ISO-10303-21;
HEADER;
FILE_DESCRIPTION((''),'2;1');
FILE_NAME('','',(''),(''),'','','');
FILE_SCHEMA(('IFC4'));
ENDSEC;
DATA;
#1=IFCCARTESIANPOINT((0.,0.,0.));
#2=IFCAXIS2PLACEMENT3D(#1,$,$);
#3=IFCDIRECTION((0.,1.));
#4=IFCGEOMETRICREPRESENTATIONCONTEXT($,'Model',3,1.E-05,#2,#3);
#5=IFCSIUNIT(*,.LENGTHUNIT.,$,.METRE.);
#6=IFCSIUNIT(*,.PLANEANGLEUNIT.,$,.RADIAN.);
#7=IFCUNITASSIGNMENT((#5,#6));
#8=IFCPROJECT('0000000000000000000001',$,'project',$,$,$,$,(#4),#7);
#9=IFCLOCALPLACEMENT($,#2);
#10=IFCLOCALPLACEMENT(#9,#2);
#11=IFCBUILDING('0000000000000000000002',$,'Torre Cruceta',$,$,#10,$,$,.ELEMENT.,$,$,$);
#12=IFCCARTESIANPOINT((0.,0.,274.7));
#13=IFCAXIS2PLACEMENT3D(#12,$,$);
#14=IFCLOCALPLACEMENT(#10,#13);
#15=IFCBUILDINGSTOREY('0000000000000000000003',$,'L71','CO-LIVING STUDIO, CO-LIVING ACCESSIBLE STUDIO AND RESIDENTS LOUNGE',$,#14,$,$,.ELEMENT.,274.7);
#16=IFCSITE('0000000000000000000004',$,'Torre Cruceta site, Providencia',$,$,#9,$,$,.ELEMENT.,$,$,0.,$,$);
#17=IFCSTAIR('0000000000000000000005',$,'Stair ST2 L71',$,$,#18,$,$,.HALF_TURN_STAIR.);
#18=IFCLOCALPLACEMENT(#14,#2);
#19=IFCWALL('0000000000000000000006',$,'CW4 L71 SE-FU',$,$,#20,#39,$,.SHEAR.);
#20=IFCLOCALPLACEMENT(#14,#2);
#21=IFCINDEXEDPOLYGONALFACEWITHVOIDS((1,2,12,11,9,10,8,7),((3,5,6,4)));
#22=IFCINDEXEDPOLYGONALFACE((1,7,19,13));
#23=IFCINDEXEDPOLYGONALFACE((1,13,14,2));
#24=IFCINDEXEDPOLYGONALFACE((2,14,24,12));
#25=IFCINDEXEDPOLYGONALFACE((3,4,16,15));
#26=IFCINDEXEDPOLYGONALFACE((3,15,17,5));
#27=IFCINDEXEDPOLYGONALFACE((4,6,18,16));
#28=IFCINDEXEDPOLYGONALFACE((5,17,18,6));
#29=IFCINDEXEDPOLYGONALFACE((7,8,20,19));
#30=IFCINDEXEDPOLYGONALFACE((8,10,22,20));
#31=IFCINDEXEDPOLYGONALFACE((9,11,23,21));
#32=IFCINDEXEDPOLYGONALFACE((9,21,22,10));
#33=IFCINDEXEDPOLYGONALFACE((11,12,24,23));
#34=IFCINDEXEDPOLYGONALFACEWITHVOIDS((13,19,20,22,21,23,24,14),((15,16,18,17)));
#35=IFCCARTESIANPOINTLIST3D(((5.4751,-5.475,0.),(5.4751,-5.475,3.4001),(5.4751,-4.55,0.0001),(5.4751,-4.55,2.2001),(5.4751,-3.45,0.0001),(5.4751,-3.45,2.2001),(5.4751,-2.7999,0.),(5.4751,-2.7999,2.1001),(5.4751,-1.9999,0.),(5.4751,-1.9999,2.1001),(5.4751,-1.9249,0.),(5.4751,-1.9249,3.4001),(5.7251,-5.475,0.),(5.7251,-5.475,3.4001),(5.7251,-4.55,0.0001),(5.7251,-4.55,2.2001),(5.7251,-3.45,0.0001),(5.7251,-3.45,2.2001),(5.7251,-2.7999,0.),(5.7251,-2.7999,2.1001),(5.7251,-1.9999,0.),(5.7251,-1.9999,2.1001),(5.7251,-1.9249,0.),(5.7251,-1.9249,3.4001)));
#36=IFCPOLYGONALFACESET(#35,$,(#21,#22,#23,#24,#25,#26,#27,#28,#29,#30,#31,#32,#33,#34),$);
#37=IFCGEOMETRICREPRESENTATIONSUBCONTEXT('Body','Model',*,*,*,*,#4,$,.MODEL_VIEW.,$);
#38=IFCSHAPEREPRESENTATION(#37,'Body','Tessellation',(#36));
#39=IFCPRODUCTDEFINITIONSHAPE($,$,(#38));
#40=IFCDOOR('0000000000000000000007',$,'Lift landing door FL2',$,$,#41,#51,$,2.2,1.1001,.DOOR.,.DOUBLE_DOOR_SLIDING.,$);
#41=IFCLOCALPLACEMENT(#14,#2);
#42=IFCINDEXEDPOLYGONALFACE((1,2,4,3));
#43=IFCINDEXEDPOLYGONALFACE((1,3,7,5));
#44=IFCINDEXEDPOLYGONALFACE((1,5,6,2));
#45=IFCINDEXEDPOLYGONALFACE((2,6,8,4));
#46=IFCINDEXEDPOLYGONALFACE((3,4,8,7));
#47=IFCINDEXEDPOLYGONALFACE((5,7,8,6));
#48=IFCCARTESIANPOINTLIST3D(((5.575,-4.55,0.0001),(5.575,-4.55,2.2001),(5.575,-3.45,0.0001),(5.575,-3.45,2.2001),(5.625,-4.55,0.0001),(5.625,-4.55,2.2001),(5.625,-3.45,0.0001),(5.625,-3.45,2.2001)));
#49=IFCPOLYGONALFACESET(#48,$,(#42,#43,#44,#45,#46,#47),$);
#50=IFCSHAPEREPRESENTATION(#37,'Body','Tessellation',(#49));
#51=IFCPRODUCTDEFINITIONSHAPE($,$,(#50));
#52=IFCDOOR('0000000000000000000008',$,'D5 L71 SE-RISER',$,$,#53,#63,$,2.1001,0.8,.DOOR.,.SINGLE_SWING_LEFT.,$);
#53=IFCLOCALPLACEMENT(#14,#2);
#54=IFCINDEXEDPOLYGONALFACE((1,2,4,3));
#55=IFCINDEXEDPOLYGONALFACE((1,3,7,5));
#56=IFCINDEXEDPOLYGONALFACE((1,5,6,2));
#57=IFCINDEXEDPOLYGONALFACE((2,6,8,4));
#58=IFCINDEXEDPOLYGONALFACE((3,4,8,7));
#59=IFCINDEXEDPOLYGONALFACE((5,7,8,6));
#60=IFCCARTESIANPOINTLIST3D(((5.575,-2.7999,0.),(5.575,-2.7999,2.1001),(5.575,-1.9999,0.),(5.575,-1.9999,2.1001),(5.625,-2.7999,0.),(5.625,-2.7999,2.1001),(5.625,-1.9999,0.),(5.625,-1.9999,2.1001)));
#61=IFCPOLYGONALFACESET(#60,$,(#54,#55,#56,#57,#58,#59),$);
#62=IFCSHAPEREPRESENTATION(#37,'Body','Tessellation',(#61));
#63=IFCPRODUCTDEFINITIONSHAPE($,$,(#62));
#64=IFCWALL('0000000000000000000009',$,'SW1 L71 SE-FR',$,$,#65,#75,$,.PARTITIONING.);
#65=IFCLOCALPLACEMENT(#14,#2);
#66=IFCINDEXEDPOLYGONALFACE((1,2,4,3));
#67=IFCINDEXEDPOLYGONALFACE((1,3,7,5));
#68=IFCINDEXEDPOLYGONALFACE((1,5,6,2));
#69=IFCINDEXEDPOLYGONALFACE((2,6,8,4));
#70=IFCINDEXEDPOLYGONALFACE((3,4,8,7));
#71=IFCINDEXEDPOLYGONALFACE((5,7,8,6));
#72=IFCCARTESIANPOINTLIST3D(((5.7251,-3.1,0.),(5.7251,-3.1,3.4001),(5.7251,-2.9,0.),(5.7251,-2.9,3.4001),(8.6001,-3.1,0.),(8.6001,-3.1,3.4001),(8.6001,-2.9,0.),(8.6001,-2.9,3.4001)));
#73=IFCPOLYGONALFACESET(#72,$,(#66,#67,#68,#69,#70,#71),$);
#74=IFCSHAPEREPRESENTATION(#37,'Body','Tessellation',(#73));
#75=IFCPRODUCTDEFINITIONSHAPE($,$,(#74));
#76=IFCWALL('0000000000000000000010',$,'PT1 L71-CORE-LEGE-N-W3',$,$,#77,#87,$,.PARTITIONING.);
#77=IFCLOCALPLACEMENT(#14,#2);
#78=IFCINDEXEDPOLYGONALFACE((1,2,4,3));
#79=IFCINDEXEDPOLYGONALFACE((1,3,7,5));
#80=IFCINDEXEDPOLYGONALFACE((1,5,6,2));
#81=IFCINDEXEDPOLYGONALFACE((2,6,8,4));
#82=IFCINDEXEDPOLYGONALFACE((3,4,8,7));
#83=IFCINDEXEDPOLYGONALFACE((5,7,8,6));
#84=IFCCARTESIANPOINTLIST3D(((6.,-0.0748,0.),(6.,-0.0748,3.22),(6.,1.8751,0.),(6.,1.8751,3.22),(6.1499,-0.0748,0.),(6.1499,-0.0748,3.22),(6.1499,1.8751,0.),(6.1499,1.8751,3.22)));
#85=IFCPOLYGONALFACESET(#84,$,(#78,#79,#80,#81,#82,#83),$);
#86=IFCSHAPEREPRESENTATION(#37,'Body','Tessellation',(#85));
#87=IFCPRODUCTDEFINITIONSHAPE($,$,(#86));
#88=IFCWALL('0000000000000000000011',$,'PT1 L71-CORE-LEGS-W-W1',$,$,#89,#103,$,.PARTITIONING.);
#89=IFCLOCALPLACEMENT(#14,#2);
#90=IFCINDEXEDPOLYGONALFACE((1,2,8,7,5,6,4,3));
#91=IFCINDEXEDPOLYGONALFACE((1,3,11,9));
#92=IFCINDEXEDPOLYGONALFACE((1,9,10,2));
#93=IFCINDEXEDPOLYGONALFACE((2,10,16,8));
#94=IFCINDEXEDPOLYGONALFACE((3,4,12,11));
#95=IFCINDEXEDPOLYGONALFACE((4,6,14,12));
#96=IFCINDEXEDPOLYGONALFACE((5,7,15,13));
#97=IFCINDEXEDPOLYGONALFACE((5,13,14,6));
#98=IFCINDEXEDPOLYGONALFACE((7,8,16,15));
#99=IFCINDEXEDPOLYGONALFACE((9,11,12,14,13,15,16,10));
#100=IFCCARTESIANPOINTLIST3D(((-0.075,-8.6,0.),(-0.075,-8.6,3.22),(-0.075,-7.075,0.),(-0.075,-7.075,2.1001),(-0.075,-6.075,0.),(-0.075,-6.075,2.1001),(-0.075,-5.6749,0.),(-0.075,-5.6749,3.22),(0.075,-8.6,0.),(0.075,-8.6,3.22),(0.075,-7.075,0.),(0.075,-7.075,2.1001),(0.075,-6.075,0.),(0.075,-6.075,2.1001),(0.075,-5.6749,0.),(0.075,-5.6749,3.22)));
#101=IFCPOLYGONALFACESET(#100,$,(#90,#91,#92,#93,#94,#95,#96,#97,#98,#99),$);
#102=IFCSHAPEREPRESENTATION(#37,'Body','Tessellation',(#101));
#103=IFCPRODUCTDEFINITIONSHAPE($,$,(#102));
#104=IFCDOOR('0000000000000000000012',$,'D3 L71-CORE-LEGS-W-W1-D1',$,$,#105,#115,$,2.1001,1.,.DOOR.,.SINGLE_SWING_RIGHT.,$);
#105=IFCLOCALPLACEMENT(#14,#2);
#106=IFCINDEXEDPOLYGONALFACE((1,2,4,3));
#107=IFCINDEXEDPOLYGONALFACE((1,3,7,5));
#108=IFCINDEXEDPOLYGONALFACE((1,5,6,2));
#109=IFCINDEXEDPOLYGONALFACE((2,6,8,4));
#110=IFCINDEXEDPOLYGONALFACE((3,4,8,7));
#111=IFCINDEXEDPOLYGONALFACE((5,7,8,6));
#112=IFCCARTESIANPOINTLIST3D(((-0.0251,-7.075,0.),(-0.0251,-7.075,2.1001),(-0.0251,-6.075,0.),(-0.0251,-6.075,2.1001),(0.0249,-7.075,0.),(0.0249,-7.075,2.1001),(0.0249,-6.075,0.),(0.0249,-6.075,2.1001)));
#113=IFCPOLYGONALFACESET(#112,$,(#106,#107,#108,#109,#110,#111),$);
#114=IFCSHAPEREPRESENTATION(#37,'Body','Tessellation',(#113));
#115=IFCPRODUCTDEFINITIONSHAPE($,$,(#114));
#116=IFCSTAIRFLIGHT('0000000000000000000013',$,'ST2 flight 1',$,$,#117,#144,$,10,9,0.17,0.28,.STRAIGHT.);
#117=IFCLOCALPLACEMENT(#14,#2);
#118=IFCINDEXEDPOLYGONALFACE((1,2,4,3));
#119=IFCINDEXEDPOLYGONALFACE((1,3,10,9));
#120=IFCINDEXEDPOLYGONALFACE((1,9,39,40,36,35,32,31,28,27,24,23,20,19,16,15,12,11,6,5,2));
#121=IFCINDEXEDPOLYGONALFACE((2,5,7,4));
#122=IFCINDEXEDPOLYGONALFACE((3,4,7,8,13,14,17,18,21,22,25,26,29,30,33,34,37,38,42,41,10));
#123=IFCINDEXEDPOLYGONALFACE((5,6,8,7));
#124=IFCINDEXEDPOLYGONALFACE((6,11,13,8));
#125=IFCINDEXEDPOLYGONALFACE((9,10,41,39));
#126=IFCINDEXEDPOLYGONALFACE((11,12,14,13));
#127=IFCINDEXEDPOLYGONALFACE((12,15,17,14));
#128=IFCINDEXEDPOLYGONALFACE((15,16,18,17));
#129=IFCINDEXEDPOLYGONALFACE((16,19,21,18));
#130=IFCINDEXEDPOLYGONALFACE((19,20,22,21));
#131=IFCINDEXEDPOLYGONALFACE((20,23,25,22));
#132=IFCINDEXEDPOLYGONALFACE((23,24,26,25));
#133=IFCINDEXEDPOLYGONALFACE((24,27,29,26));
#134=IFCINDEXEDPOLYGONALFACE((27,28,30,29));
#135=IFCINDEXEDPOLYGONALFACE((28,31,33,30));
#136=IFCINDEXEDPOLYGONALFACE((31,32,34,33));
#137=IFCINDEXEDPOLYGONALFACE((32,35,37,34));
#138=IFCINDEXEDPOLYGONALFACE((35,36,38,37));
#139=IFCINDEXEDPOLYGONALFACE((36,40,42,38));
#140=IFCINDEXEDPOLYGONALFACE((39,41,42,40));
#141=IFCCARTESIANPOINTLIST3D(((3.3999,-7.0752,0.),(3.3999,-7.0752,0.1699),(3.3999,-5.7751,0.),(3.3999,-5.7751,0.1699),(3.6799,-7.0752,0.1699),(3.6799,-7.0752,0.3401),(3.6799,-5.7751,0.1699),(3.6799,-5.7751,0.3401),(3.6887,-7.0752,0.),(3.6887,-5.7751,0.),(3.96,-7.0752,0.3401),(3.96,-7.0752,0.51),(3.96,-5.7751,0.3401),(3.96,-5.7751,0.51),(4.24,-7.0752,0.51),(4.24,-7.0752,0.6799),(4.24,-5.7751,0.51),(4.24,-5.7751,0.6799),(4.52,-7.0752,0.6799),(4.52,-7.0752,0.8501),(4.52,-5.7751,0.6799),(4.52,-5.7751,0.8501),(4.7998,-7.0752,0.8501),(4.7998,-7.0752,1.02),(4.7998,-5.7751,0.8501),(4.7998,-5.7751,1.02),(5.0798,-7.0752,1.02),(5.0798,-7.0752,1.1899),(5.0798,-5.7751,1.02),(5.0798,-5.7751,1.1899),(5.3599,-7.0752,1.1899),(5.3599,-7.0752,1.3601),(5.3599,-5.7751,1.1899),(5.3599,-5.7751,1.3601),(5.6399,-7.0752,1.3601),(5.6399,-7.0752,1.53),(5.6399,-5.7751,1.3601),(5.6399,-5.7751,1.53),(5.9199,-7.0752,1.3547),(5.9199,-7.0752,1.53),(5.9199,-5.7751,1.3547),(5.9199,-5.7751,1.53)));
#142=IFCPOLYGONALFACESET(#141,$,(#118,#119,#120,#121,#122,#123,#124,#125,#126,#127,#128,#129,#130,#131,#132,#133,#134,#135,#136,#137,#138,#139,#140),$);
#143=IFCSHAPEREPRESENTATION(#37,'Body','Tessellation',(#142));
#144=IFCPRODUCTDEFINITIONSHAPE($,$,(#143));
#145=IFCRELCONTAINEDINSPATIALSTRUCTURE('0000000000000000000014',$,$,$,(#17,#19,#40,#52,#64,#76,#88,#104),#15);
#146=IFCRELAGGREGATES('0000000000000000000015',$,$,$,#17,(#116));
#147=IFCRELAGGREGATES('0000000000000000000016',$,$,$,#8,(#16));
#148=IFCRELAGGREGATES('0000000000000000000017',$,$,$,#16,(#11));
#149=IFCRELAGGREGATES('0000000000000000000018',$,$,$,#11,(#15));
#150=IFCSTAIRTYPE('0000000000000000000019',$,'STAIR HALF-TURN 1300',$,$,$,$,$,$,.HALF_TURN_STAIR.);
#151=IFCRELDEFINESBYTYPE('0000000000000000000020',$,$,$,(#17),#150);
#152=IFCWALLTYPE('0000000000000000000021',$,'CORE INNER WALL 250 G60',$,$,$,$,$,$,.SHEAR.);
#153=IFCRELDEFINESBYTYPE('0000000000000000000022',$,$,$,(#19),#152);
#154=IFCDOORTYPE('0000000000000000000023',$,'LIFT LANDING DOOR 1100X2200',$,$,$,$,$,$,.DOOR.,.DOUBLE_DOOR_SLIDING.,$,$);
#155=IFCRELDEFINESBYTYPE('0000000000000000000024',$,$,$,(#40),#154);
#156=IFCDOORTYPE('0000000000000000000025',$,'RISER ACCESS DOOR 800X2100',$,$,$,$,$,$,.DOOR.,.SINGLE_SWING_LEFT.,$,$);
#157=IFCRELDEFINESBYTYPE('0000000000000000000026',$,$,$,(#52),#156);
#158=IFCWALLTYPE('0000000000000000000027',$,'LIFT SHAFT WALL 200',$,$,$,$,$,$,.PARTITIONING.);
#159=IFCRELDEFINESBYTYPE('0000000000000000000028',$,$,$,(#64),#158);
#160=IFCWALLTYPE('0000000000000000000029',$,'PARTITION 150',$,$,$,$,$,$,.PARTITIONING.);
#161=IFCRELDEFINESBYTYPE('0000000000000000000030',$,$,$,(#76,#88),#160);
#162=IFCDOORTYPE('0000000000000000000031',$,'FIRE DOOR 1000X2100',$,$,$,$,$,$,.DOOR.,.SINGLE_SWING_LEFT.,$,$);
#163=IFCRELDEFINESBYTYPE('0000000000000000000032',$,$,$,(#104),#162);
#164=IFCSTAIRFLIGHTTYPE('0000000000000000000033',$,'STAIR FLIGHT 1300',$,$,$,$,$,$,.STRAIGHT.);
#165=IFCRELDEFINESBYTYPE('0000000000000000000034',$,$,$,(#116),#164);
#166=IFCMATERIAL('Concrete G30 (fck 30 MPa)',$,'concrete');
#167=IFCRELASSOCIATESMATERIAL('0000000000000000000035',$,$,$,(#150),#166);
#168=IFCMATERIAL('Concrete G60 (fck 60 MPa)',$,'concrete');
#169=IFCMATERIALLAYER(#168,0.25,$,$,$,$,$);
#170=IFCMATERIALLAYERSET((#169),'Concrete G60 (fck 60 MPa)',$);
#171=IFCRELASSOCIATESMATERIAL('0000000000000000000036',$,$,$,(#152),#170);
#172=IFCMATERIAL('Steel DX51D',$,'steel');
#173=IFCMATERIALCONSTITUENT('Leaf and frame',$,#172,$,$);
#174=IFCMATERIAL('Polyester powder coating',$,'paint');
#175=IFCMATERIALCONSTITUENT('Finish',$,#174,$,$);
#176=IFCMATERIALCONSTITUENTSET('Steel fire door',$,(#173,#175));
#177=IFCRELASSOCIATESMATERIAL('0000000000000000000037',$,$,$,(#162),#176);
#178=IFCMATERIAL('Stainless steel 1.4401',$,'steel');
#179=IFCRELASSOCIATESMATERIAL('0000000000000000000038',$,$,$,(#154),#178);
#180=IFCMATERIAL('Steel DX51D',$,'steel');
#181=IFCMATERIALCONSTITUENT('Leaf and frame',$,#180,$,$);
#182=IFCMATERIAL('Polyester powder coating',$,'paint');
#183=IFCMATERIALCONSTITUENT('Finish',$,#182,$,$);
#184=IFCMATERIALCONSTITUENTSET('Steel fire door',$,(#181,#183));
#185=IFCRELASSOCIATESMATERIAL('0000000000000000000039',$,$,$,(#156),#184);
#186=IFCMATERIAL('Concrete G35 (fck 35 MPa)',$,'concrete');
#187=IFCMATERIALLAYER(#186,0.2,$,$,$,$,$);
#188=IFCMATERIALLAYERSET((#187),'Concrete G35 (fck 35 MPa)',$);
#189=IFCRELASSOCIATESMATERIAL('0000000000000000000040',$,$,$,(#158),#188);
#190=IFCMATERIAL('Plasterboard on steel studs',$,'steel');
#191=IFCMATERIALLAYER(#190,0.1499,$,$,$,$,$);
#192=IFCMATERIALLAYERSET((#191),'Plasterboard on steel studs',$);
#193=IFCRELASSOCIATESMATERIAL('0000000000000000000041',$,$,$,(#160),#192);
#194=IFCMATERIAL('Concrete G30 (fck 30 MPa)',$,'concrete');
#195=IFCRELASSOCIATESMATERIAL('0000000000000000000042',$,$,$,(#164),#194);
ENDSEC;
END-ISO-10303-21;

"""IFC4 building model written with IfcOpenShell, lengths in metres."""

from ifc_helpers import new_model, si_unit, direction, frame, frame_2d, origin, place, context, subcontext, project, spatial, polyline, rectangle, outline, extrude, material, layer, layer_set, constituent, constituent_set, type_object, element, fill, aggregate, save


model = new_model("IFC4")

# Units and contexts
model_context = context("Model", 3, precision=1e-05, world=origin(), true_north=direction((0.0, 1.0)))
body_context = subcontext(model_context, "Body", "Model", "MODEL_VIEW")
ifc_project = project(units=[si_unit("LENGTHUNIT", "METRE"), si_unit("PLANEANGLEUNIT", "RADIAN")], contexts=[model_context])

# Site, building, storey
site_placement = place(None, origin())
site = spatial("IfcSite", under=ifc_project, at=site_placement, Name="Torre Cruceta site, Providencia", CompositionType="ELEMENT", RefElevation=0.0)
building_placement = place(site_placement, origin())
building = spatial("IfcBuilding", under=site, at=building_placement, Name="Torre Cruceta", CompositionType="ELEMENT")
storey_placement = place(building_placement, frame((0.0, 0.0, 274.7)))
storey = spatial("IfcBuildingStorey", under=building, at=storey_placement, Name="L71", Description="CO-LIVING STUDIO, CO-LIVING ACCESSIBLE STUDIO AND RESIDENTS LOUNGE", CompositionType="ELEMENT", Elevation=274.7)

# Stair
ifc_material_1 = material(Name="Concrete G30 (fck 30 MPa)", Category="concrete")
stair_type = type_object("IfcStairType", Name="STAIR HALF-TURN 1300", PredefinedType="HALF_TURN_STAIR", material=ifc_material_1)
stair_1_placement = place(storey_placement, origin())
stair_1 = element("IfcStair", 1, at=stair_1_placement, inside=storey, type_object=stair_type, Name="Stair ST2 L71", PredefinedType="HALF_TURN_STAIR")

# Shared definitions
ifc_material_2 = material(Name="Concrete G60 (fck 60 MPa)", Category="concrete")
ifc_layer_1 = layer(ifc_material_2, 0.25)
ifc_layer_set_1 = layer_set([ifc_layer_1], Name="Concrete G60 (fck 60 MPa)")
wall_type_1 = type_object("IfcWallType", Name="CORE INNER WALL 250 G60", PredefinedType="SHEAR", material=ifc_layer_set_1)
ifc_material_3 = material(Name="Steel DX51D", Category="steel")
ifc_constituent_1 = constituent(ifc_material_3, Name="Leaf and frame")
ifc_material_4 = material(Name="Polyester powder coating", Category="paint")
ifc_constituent_2 = constituent(ifc_material_4, Name="Finish")
ifc_constituent_set_1 = constituent_set(constituents=[ifc_constituent_1, ifc_constituent_2], Name="Steel fire door")
door_type_1 = type_object("IfcDoorType", Name="FIRE DOOR 1000X2100", OperationType="SINGLE_SWING_LEFT", PredefinedType="DOOR", material=ifc_constituent_set_1)

# Wall, openings, doors
wall_1_placement = place(storey_placement, frame((5.6001, -1.925, 0.0), z_axis=(0.0, 0.0, 1.0), x_axis=(0.0, -1.0, 0.0)))
wall_1 = element("IfcWall", 2, at=wall_1_placement, inside=storey, type_object=wall_type_1, Name="CW4 L71 SE-FU", PredefinedType="SHEAR", context=body_context, shape_type="SweptSolid", body=[
    extrude(rectangle(XDim=3.55, YDim=0.25, at=frame_2d((1.7749, 0.0))), origin(), (0.0, 0.0, 1.0), 3.4001),
])
opening_1_placement = place(wall_1_placement, frame((1.5249, 0.0, 0.0)))
opening_1 = element("IfcOpeningElement", 3, at=opening_1_placement, cuts=wall_1, PredefinedType="OPENING", context=body_context, shape_type="SweptSolid", body=[
    extrude(rectangle(XDim=1.1001, YDim=2.2, at=frame_2d((0.55, 1.1001))), frame((0.0, 0.135, 0.0), z_axis=(0.0, -1.0, 0.0), x_axis=(1.0, 0.0, 0.0)), (0.0, 0.0, 1.0), 0.27),
])
opening_2_placement = place(wall_1_placement, frame((0.075, 0.0, 0.0)))
opening_2 = element("IfcOpeningElement", 4, at=opening_2_placement, cuts=wall_1, PredefinedType="OPENING", context=body_context, shape_type="SweptSolid", body=[
    extrude(rectangle(XDim=0.8, YDim=2.1001, at=frame_2d((0.3999, 1.05))), frame((0.0, 0.135, 0.0), z_axis=(0.0, -1.0, 0.0), x_axis=(1.0, 0.0, 0.0)), (0.0, 0.0, 1.0), 0.27),
])
ifc_material_5 = material(Name="Stainless steel 1.4401", Category="steel")
door_type_2 = type_object("IfcDoorType", Name="LIFT LANDING DOOR 1100X2200", OperationType="DOUBLE_DOOR_SLIDING", PredefinedType="DOOR", material=ifc_material_5)
door_1_placement = place(opening_1_placement, origin())
door_1 = element("IfcDoor", 5, at=door_1_placement, inside=storey, type_object=door_type_2, Name="Lift landing door FL2", OperationType="DOUBLE_DOOR_SLIDING", OverallHeight=2.2, OverallWidth=1.1001, PredefinedType="DOOR", context=body_context, shape_type="SweptSolid", body=[
    extrude(rectangle(XDim=1.1001, YDim=2.2, at=frame_2d((0.55, 1.1001))), frame((0.0, 0.0249, 0.0), z_axis=(0.0, -1.0, 0.0), x_axis=(1.0, 0.0, 0.0)), (0.0, 0.0, 1.0), 0.05),
])
fill(opening_1, door_1)
ifc_material_6 = material(Name="Steel DX51D", Category="steel")
ifc_constituent_3 = constituent(ifc_material_6, Name="Leaf and frame")
ifc_material_7 = material(Name="Polyester powder coating", Category="paint")
ifc_constituent_4 = constituent(ifc_material_7, Name="Finish")
ifc_constituent_set_2 = constituent_set(constituents=[ifc_constituent_3, ifc_constituent_4], Name="Steel fire door")
door_type_3 = type_object("IfcDoorType", Name="RISER ACCESS DOOR 800X2100", OperationType="SINGLE_SWING_LEFT", PredefinedType="DOOR", material=ifc_constituent_set_2)
door_2_placement = place(opening_2_placement, origin())
door_2 = element("IfcDoor", 6, at=door_2_placement, inside=storey, type_object=door_type_3, Name="D5 L71 SE-RISER", OperationType="SINGLE_SWING_LEFT", OverallHeight=2.1001, OverallWidth=0.8, PredefinedType="DOOR", context=body_context, shape_type="SweptSolid", body=[
    extrude(rectangle(XDim=0.8, YDim=2.1001, at=frame_2d((0.3999, 1.05))), frame((0.0, 0.0249, 0.0), z_axis=(0.0, -1.0, 0.0), x_axis=(1.0, 0.0, 0.0)), (0.0, 0.0, 1.0), 0.05),
])
fill(opening_2, door_2)

# Walls
ifc_material_8 = material(Name="Concrete G35 (fck 35 MPa)", Category="concrete")
ifc_layer_2 = layer(ifc_material_8, 0.2)
ifc_layer_set_2 = layer_set([ifc_layer_2], Name="Concrete G35 (fck 35 MPa)")
wall_type_2 = type_object("IfcWallType", Name="LIFT SHAFT WALL 200", PredefinedType="PARTITIONING", material=ifc_layer_set_2)
wall_2_placement = place(storey_placement, frame((5.7251, -3.0, 0.0), z_axis=(0.0, 0.0, 1.0), x_axis=(1.0, 0.0, 0.0)))
element("IfcWall", 7, at=wall_2_placement, inside=storey, type_object=wall_type_2, Name="SW1 L71 SE-FR", PredefinedType="PARTITIONING", context=body_context, shape_type="SweptSolid", body=[
    extrude(rectangle(XDim=2.875, YDim=0.2, at=frame_2d((1.4375, 0.0))), origin(), (0.0, 0.0, 1.0), 3.4001),
])
ifc_material_9 = material(Name="Plasterboard on steel studs", Category="steel")
ifc_layer_3 = layer(ifc_material_9, 0.1499)
ifc_layer_set_3 = layer_set([ifc_layer_3], Name="Plasterboard on steel studs")
wall_type_3 = type_object("IfcWallType", Name="PARTITION 150", PredefinedType="PARTITIONING", material=ifc_layer_set_3)
wall_3_placement = place(storey_placement, frame((6.075, -0.075, 0.0), z_axis=(0.0, 0.0, 1.0), x_axis=(0.0, 1.0, 0.0)))
element("IfcWall", 8, at=wall_3_placement, inside=storey, type_object=wall_type_3, Name="PT1 L71-CORE-LEGE-N-W3", PredefinedType="PARTITIONING", context=body_context, shape_type="SweptSolid", body=[
    extrude(rectangle(XDim=1.95, YDim=0.1499, at=frame_2d((0.9751, 0.0))), origin(), (0.0, 0.0, 1.0), 3.22),
])

# Wall, opening, door
wall_4_placement = place(storey_placement, frame((0.0, -5.675, 0.0), z_axis=(0.0, 0.0, 1.0), x_axis=(0.0, -1.0, 0.0)))
wall_4 = element("IfcWall", 9, at=wall_4_placement, inside=storey, type_object=wall_type_3, Name="PT1 L71-CORE-LEGS-W-W1", PredefinedType="PARTITIONING", context=body_context, shape_type="SweptSolid", body=[
    extrude(rectangle(XDim=2.925, YDim=0.1499, at=frame_2d((1.4624, 0.0))), origin(), (0.0, 0.0, 1.0), 3.22),
])
opening_3_placement = place(wall_4_placement, frame((0.3999, 0.0, 0.0)))
opening_3 = element("IfcOpeningElement", 10, at=opening_3_placement, cuts=wall_4, PredefinedType="OPENING", context=body_context, shape_type="SweptSolid", body=[
    extrude(rectangle(XDim=1.0, YDim=2.1001, at=frame_2d((0.5, 1.05))), frame((0.0, 0.085, 0.0), z_axis=(0.0, -1.0, 0.0), x_axis=(1.0, 0.0, 0.0)), (0.0, 0.0, 1.0), 0.1699),
])
door_3_placement = place(opening_3_placement, frame((1.0, 0.0, 0.0), z_axis=(0.0, 0.0, 1.0), x_axis=(-1.0, 0.0, 0.0)))
door_3 = element("IfcDoor", 11, at=door_3_placement, inside=storey, type_object=door_type_1, Name="D3 L71-CORE-LEGS-W-W1-D1", OperationType="SINGLE_SWING_RIGHT", OverallHeight=2.1001, OverallWidth=1.0, PredefinedType="DOOR", context=body_context, shape_type="SweptSolid", body=[
    extrude(rectangle(XDim=1.0, YDim=2.1001, at=frame_2d((0.5, 1.05))), frame((0.0, 0.0251, 0.0), z_axis=(0.0, -1.0, 0.0), x_axis=(1.0, 0.0, 0.0)), (0.0, 0.0, 1.0), 0.05),
])
fill(opening_3, door_3)

# Stair flight
ifc_material_10 = material(Name="Concrete G30 (fck 30 MPa)", Category="concrete")
stair_flight_type = type_object("IfcStairFlightType", Name="STAIR FLIGHT 1300", PredefinedType="STRAIGHT", material=ifc_material_10)
stair_flight_placement = place(storey_placement, frame((3.3999, -6.425, 0.0), z_axis=(0.0, 0.0, 1.0), x_axis=(1.0, 0.0, 0.0)))
stair_flight = element("IfcStairFlight", 12, at=stair_flight_placement, type_object=stair_flight_type, Name="ST2 flight 1", NumberOfRisers=10, NumberOfTreads=9, PredefinedType="STRAIGHT", RiserHeight=0.17, TreadLength=0.28, context=body_context, shape_type="SweptSolid", body=[
    extrude(outline(polyline([(0.0, 0.0), (0.0, 0.1699), (0.28, 0.1699), (0.28, 0.3401), (0.5601, 0.3401), (0.5601, 0.51), (0.8401, 0.51), (0.8401, 0.6799), (1.1201, 0.6799), (1.1201, 0.8501), (1.3999, 0.8501), (1.3999, 1.02), (1.6799, 1.02), (1.6799, 1.1899), (1.96, 1.1899), (1.96, 1.3601), (2.24, 1.3601), (2.24, 1.53), (2.52, 1.53), (2.52, 1.7), (2.52, 1.3547), (0.2888, 0.0), (0.0, 0.0)])), frame((0.0, 0.6499, 0.0), z_axis=(0.0, -1.0, 0.0), x_axis=(1.0, 0.0, 0.0)), (0.0, 0.0, 1.0), 1.3),
])
aggregate(stair_1, [stair_flight])

save(model, "model.ifc")
